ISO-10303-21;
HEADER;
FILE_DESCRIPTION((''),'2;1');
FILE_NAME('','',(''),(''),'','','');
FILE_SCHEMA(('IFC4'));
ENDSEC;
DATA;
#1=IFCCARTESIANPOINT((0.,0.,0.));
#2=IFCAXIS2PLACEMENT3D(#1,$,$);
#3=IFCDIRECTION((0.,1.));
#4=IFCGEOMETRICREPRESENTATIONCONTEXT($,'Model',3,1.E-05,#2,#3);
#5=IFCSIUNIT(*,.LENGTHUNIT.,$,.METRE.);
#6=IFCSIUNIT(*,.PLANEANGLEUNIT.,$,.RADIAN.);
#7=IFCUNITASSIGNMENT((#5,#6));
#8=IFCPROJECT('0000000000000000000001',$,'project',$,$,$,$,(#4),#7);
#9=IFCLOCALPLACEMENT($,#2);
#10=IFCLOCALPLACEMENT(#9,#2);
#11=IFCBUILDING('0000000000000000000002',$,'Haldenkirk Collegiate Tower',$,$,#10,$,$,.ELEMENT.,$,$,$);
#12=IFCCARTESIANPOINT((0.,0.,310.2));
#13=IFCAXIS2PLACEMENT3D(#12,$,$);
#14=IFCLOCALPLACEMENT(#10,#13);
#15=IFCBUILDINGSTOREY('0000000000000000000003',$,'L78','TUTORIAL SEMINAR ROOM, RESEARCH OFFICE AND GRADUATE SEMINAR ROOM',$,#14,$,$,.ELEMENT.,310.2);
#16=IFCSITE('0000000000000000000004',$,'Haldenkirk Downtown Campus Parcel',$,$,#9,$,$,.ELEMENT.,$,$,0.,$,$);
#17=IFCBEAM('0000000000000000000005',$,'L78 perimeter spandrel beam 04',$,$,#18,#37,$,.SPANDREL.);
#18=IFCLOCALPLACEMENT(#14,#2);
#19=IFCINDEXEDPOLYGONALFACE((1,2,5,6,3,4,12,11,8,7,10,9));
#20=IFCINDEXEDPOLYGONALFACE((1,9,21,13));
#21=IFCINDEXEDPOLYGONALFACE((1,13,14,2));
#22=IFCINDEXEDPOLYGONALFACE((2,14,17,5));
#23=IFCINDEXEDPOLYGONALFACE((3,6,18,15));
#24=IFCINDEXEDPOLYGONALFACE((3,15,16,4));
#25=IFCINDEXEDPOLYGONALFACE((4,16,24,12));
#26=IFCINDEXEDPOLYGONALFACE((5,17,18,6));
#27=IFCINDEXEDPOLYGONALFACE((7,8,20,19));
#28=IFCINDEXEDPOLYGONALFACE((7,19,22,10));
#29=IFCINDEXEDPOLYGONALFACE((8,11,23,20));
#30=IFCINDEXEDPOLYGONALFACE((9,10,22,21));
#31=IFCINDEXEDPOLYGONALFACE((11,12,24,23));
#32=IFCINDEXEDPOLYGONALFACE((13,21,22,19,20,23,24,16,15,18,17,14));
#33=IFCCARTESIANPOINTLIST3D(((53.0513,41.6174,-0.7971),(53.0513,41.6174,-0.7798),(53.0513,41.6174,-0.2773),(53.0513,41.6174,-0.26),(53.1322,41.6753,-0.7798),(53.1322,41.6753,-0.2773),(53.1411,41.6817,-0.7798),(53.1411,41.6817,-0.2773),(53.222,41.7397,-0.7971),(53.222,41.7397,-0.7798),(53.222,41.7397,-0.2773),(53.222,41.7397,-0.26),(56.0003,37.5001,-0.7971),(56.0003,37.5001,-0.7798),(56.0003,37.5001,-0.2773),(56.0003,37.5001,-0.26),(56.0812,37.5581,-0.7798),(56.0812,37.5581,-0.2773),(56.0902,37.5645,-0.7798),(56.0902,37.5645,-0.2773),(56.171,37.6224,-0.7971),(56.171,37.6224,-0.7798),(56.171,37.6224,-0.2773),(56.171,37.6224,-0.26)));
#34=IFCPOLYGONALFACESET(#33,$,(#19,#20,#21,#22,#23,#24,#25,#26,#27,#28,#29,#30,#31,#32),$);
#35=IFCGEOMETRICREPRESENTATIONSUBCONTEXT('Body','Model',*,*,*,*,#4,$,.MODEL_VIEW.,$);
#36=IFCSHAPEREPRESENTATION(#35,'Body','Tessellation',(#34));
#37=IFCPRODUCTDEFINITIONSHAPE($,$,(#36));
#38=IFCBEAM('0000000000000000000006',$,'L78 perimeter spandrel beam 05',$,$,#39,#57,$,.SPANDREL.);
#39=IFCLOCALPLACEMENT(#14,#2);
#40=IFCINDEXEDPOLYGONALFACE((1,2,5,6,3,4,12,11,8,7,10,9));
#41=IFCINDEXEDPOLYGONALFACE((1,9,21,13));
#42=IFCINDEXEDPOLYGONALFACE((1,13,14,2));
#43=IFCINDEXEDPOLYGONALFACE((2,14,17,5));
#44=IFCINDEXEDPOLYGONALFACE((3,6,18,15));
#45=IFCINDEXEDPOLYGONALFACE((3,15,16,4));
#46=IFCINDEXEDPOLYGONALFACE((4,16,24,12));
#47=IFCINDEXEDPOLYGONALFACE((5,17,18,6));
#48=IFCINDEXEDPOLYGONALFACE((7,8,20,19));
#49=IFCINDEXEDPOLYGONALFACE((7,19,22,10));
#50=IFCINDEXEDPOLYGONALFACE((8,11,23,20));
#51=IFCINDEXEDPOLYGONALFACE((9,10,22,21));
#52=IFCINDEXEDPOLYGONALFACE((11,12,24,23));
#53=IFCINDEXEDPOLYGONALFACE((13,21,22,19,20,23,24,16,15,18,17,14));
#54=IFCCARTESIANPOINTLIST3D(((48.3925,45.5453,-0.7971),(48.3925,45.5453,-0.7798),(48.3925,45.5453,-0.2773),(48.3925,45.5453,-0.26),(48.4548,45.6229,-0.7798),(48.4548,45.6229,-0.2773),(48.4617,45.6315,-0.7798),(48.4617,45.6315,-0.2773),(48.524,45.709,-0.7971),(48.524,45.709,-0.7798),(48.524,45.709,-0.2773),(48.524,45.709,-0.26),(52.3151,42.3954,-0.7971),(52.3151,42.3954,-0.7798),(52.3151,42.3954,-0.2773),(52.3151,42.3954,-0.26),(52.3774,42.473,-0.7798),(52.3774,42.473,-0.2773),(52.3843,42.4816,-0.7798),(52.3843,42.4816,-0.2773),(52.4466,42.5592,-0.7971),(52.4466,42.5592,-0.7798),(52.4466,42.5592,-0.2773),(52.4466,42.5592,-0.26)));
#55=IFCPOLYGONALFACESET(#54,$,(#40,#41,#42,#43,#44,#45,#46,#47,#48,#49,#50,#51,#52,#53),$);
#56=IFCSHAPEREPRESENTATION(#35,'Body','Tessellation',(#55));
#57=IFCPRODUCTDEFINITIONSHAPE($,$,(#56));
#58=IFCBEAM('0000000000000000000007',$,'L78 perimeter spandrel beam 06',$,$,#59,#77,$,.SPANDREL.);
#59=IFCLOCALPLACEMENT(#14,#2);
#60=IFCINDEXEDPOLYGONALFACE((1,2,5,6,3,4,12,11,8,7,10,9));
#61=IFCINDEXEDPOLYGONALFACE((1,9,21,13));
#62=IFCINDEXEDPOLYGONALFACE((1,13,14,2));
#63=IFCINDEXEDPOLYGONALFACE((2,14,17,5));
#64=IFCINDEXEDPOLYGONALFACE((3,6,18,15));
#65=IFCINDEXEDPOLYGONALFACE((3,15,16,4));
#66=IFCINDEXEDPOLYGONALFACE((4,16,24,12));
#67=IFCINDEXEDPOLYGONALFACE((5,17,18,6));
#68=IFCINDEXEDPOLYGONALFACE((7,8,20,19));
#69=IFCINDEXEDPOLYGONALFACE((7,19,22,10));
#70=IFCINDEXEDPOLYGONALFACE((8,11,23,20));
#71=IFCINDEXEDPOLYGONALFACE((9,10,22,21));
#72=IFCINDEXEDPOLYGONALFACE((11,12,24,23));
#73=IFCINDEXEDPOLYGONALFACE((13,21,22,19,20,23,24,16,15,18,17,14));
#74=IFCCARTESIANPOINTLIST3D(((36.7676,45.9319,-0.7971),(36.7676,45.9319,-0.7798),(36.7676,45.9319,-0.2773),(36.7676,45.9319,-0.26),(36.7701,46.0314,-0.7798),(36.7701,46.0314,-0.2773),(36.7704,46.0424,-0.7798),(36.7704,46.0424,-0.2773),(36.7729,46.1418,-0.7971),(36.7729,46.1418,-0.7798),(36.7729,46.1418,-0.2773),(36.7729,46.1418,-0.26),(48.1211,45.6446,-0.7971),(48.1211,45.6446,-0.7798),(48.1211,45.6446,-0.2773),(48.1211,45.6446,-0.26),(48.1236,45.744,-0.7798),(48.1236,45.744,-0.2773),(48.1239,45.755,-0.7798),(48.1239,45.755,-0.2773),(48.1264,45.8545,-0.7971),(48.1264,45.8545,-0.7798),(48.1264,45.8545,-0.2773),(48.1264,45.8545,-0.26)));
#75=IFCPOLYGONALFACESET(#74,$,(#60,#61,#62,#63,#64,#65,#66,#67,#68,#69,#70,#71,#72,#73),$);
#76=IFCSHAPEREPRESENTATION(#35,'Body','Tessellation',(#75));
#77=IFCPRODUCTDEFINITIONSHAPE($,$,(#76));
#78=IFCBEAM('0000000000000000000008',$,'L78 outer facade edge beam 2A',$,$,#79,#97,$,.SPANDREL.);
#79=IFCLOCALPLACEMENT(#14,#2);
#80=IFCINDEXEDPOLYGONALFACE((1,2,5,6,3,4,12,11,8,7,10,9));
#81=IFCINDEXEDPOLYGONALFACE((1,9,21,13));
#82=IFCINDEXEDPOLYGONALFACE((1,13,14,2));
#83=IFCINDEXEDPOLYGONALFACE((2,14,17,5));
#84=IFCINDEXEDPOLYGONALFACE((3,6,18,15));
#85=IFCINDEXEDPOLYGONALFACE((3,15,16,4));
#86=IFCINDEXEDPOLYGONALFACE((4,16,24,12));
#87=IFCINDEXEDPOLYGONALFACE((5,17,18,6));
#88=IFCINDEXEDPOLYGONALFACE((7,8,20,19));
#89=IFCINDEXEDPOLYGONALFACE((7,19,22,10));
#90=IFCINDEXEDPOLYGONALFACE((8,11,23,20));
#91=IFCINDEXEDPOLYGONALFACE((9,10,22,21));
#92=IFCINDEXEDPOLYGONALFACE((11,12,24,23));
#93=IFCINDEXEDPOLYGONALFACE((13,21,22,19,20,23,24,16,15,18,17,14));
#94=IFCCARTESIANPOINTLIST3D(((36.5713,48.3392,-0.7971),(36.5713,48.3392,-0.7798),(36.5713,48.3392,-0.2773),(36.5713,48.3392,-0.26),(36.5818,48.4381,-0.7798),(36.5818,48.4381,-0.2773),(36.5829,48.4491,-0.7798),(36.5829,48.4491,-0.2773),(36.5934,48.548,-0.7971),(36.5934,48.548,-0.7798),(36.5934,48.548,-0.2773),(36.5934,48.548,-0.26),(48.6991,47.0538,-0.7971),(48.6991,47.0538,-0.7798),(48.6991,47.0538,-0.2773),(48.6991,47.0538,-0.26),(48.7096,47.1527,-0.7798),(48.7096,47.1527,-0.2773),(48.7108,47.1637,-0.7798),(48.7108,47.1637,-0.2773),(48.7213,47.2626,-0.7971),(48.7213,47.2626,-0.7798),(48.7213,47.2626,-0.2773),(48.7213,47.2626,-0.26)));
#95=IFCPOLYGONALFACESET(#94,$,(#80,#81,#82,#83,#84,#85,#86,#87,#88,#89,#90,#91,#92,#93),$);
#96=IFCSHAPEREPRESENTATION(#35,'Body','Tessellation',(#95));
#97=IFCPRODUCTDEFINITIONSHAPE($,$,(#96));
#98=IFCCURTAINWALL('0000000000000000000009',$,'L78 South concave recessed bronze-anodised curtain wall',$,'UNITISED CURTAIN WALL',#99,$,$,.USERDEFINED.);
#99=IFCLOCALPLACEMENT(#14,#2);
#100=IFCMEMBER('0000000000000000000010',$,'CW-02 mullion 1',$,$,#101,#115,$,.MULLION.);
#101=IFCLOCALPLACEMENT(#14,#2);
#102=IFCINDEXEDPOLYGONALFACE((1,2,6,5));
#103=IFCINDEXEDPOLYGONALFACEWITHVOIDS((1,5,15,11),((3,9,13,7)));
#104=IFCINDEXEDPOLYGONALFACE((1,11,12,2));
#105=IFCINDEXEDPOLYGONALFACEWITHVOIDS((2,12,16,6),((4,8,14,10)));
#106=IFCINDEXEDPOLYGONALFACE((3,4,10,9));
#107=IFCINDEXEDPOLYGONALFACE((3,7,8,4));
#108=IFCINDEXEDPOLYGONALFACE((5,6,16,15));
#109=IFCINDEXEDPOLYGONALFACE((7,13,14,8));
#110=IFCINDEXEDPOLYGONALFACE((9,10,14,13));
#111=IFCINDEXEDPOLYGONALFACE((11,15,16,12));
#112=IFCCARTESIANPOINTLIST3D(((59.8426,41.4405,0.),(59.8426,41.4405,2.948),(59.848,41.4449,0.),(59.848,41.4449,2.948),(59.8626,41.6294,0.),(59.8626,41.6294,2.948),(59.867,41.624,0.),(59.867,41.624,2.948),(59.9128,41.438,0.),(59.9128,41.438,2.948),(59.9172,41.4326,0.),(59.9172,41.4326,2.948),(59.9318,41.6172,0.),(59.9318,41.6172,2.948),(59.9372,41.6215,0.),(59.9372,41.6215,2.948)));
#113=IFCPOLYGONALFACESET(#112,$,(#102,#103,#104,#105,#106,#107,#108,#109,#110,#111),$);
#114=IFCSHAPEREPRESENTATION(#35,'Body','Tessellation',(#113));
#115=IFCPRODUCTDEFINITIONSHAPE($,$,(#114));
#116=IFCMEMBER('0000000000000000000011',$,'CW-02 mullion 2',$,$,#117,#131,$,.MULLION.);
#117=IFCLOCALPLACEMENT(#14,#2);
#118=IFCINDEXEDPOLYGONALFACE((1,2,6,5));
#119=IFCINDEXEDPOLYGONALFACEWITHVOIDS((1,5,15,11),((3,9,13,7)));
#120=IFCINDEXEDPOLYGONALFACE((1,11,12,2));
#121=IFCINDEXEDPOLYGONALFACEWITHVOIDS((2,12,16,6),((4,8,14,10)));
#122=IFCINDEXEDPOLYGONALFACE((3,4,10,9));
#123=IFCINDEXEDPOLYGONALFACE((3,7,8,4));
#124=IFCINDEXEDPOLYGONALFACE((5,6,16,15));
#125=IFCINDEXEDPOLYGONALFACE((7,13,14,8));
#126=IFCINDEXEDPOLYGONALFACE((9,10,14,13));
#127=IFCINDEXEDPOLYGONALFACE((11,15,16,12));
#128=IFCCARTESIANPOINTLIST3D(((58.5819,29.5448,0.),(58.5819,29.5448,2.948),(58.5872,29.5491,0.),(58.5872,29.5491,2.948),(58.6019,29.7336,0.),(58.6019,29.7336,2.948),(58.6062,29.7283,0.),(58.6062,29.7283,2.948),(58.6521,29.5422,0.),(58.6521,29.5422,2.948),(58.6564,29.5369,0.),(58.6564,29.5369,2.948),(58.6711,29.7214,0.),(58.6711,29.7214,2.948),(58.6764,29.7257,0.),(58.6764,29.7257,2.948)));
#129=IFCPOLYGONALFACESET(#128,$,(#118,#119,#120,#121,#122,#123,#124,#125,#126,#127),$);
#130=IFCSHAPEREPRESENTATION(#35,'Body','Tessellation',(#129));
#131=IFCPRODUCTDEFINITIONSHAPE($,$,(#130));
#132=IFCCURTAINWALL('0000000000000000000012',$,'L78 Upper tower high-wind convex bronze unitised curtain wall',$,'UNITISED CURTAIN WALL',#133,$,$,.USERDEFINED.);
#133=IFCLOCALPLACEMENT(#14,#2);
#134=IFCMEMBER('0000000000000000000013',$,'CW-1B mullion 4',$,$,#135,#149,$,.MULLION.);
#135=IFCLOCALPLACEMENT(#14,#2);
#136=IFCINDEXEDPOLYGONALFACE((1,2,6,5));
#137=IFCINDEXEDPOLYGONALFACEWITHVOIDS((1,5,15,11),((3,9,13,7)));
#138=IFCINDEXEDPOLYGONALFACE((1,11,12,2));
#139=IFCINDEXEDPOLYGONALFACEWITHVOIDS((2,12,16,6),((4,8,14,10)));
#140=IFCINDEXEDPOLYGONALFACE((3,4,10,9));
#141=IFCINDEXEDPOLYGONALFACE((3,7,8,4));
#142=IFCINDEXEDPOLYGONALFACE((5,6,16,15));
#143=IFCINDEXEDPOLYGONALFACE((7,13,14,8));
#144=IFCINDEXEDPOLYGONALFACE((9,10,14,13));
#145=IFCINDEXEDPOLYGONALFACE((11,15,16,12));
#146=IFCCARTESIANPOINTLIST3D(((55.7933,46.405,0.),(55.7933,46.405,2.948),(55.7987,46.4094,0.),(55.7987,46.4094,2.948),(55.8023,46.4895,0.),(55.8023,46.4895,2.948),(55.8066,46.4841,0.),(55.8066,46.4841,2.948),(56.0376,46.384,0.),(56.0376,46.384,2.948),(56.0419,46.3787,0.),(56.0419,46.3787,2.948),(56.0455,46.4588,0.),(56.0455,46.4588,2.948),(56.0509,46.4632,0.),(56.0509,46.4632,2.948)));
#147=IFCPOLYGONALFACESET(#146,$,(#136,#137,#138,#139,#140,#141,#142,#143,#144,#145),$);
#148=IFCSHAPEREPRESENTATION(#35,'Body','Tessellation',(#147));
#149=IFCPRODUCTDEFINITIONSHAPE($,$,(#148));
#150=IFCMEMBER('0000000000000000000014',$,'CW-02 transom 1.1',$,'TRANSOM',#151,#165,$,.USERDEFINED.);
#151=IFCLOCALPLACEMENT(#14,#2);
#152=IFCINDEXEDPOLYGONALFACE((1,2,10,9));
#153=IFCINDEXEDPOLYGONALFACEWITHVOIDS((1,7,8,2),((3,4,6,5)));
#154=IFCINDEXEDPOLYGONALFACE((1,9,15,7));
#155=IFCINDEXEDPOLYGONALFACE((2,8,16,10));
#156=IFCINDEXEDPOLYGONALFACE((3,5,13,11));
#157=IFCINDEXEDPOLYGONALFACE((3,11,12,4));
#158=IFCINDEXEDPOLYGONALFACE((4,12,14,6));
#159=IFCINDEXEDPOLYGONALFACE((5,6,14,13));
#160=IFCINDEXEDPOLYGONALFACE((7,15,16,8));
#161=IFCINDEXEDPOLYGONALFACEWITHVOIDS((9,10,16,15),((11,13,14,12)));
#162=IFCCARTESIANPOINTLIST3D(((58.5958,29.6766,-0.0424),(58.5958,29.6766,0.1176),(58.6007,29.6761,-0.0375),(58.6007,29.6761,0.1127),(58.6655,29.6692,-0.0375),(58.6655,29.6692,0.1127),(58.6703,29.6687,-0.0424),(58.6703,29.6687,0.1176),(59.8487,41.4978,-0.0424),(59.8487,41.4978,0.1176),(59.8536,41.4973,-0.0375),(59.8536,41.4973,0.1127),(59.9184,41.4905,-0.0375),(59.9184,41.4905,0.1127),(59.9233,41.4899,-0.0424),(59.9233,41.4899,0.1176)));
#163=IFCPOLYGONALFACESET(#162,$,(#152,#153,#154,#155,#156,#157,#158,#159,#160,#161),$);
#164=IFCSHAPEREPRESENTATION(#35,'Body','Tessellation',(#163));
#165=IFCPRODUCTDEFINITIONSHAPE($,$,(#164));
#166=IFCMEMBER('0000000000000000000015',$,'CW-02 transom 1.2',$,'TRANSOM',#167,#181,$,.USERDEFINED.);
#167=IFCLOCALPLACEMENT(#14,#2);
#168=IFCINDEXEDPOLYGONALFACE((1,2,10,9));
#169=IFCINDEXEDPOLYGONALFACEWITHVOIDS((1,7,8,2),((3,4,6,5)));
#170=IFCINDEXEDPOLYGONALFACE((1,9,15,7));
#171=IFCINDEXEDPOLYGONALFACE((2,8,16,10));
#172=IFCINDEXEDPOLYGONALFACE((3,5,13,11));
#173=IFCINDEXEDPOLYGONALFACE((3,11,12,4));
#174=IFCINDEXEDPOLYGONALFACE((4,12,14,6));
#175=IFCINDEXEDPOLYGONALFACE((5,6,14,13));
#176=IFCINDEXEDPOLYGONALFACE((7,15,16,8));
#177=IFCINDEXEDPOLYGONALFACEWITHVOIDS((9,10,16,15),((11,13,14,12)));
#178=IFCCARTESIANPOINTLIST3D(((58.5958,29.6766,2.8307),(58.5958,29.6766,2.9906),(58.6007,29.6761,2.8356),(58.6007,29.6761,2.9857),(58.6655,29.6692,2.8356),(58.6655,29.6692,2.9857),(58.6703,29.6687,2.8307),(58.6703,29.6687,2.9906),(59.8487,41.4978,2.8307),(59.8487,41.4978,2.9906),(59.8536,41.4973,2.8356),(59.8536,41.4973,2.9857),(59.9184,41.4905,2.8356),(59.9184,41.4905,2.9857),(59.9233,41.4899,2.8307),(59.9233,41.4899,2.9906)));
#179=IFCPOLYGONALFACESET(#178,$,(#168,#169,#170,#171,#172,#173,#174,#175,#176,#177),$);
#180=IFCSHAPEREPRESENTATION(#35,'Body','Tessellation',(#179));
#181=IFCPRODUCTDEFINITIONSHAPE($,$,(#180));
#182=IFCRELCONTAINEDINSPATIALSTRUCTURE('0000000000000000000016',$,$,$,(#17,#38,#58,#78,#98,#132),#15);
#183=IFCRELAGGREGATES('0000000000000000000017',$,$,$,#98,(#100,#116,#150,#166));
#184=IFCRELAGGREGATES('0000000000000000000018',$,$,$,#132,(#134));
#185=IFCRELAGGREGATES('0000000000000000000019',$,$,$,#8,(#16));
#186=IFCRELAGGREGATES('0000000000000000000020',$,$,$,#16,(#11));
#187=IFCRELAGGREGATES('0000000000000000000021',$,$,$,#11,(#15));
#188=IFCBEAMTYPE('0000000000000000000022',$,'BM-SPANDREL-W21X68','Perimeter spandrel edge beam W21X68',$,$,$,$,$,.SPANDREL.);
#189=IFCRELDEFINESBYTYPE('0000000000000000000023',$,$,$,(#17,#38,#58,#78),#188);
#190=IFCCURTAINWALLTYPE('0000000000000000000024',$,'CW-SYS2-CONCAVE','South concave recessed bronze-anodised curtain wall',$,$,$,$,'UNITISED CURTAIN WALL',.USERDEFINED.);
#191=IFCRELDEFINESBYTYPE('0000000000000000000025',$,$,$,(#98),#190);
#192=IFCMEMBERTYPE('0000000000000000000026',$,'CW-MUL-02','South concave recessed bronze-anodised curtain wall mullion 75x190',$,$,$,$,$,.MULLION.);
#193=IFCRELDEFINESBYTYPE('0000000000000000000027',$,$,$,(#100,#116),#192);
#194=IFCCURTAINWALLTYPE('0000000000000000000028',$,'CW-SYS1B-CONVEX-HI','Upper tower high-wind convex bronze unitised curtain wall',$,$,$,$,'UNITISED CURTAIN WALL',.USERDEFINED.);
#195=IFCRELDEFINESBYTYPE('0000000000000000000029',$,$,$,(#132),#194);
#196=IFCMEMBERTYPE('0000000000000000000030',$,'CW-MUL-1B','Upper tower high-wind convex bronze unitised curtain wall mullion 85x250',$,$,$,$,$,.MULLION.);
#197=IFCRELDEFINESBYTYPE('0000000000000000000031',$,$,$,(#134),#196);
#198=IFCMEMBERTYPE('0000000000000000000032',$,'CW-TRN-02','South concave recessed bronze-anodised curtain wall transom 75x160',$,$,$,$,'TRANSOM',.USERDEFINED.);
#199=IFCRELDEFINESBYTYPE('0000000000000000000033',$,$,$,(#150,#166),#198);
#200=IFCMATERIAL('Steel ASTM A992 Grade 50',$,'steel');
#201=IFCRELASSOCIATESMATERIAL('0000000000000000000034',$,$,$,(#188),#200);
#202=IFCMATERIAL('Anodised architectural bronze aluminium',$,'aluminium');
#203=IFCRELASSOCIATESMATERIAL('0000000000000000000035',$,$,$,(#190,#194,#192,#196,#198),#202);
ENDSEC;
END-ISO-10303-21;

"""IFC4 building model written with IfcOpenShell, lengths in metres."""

from ifc_helpers import new_model, si_unit, direction, frame, origin, origin_2d, place, context, subcontext, project, spatial, hollow_rectangle, i_section, extrude, material, material_profile, profile_set, type_object, element, aggregate, save


model = new_model("IFC4")

# Units and contexts
model_context = context("Model", 3, precision=1e-05, world=origin(), true_north=direction((0.0, 1.0)))
body_context = subcontext(model_context, "Body", "Model", "MODEL_VIEW")
ifc_project = project(units=[si_unit("LENGTHUNIT", "METRE"), si_unit("PLANEANGLEUNIT", "RADIAN")], contexts=[model_context])

# Site, building, storey
site_placement = place(None, origin())
site = spatial("IfcSite", under=ifc_project, at=site_placement, Name="Haldenkirk Downtown Campus Parcel", CompositionType="ELEMENT", RefElevation=0.0)
building_placement = place(site_placement, origin())
building = spatial("IfcBuilding", under=site, at=building_placement, Name="Haldenkirk Collegiate Tower", CompositionType="ELEMENT")
storey_placement = place(building_placement, frame((0.0, 0.0, 310.2)))
storey = spatial("IfcBuildingStorey", under=building, at=storey_placement, Name="L78", Description="TUTORIAL SEMINAR ROOM, RESEARCH OFFICE AND GRADUATE SEMINAR ROOM", CompositionType="ELEMENT", Elevation=310.2)

# Beams
ifc_material_1 = material(Name="Steel ASTM A992 Grade 50", Category="steel")
ifc_material_profile_1 = material_profile(ifc_material_1, i_section(OverallWidth=0.21, OverallDepth=0.5371, WebThickness=0.011, FlangeThickness=0.0173, at=origin_2d()), Name="W21X68")
ifc_profile_set_1 = profile_set([ifc_material_profile_1], Name="Steel ASTM A992 Grade 50")
beam_type_1 = type_object("IfcBeamType", Name="BM-SPANDREL-W21X68", Description="Perimeter spandrel edge beam W21X68", PredefinedType="SPANDREL", material=ifc_profile_set_1)
beam_1_placement = place(storey_placement, frame((56.0857, 37.5613, -0.5286), z_axis=(-0.5823, 0.812974, 0.0), x_axis=(-0.812974, -0.5823, 0.0)))
element("IfcBeam", 1, at=beam_1_placement, inside=storey, type_object=beam_type_1, Name="L78 perimeter spandrel beam 04", PredefinedType="SPANDREL", context=body_context, shape_type="SweptSolid", body=[
    extrude(i_section(OverallWidth=0.21, OverallDepth=0.5371, WebThickness=0.011, FlangeThickness=0.0173, at=origin_2d()), origin(), (0.0, 0.0, 1.0), 5.0645),
])
beam_2_placement = place(storey_placement, frame((52.3809, 42.4773, -0.5286), z_axis=(-0.779722, 0.626126, 0.0), x_axis=(-0.626126, -0.779722, 0.0)))
element("IfcBeam", 2, at=beam_2_placement, inside=storey, type_object=beam_type_1, Name="L78 perimeter spandrel beam 05", PredefinedType="SPANDREL", context=body_context, shape_type="SweptSolid", body=[
    extrude(i_section(OverallWidth=0.21, OverallDepth=0.5371, WebThickness=0.011, FlangeThickness=0.0173, at=origin_2d()), origin(), (0.0, 0.0, 1.0), 5.0308),
])
beam_3_placement = place(storey_placement, frame((48.1238, 45.7495, -0.5286), z_axis=(-0.99968, 0.025302, 0.0), x_axis=(-0.025302, -0.99968, 0.0)))
element("IfcBeam", 3, at=beam_3_placement, inside=storey, type_object=beam_type_1, Name="L78 perimeter spandrel beam 06", PredefinedType="SPANDREL", context=body_context, shape_type="SweptSolid", body=[
    extrude(i_section(OverallWidth=0.21, OverallDepth=0.5371, WebThickness=0.011, FlangeThickness=0.0173, at=origin_2d()), origin(), (0.0, 0.0, 1.0), 11.3572),
])
beam_4_placement = place(storey_placement, frame((48.7102, 47.1582, -0.5286), z_axis=(-0.99443, 0.105396, 0.0), x_axis=(-0.105396, -0.99443, 0.0)))
element("IfcBeam", 4, at=beam_4_placement, inside=storey, type_object=beam_type_1, Name="L78 outer facade edge beam 2A", PredefinedType="SPANDREL", context=body_context, shape_type="SweptSolid", body=[
    extrude(i_section(OverallWidth=0.21, OverallDepth=0.5371, WebThickness=0.011, FlangeThickness=0.0173, at=origin_2d()), origin(), (0.0, 0.0, 1.0), 12.1958),
])

# Curtain wall, members
ifc_material_2 = material(Name="Anodised architectural bronze aluminium", Category="aluminium")
curtain_wall_type_1 = type_object("IfcCurtainWallType", Name="CW-SYS2-CONCAVE", Description="South concave recessed bronze-anodised curtain wall", ElementType="UNITISED CURTAIN WALL", PredefinedType="USERDEFINED", material=ifc_material_2)
curtain_wall_1_placement = place(storey_placement, origin())
curtain_wall_1 = element("IfcCurtainWall", 5, at=curtain_wall_1_placement, inside=storey, type_object=curtain_wall_type_1, Name="L78 South concave recessed bronze-anodised curtain wall", ObjectType="UNITISED CURTAIN WALL", PredefinedType="USERDEFINED")
ifc_material_profile_2 = material_profile(ifc_material_2, hollow_rectangle(XDim=0.075, YDim=0.1899, WallThickness=0.0049, at=origin_2d()), Name="CW-MUL-02")
ifc_profile_set_2 = profile_set([ifc_material_profile_2], Name="Anodised architectural bronze aluminium")
member_type_1 = type_object("IfcMemberType", Name="CW-MUL-02", Description="South concave recessed bronze-anodised curtain wall mullion 75x190", PredefinedType="MULLION", material=ifc_profile_set_2)
member_1_placement = place(storey_placement, frame((59.8899, 41.531, 0.0), z_axis=(0.0, 0.0, 1.0), x_axis=(0.99443, -0.105394, 0.0)))
member_1 = element("IfcMember", 6, at=member_1_placement, type_object=member_type_1, Name="CW-02 mullion 1", PredefinedType="MULLION", context=body_context, shape_type="SweptSolid", body=[
    extrude(hollow_rectangle(XDim=0.075, YDim=0.1899, WallThickness=0.0049, at=origin_2d()), origin(), (0.0, 0.0, 1.0), 2.948),
])
member_2_placement = place(storey_placement, frame((58.6292, 29.6353, 0.0), z_axis=(0.0, 0.0, 1.0), x_axis=(0.99443, -0.105394, 0.0)))
member_2 = element("IfcMember", 7, at=member_2_placement, type_object=member_type_1, Name="CW-02 mullion 2", PredefinedType="MULLION", context=body_context, shape_type="SweptSolid", body=[
    extrude(hollow_rectangle(XDim=0.075, YDim=0.1899, WallThickness=0.0049, at=origin_2d()), origin(), (0.0, 0.0, 1.0), 2.948),
])

# Curtain wall, member
curtain_wall_type_2 = type_object("IfcCurtainWallType", Name="CW-SYS1B-CONVEX-HI", Description="Upper tower high-wind convex bronze unitised curtain wall", ElementType="UNITISED CURTAIN WALL", PredefinedType="USERDEFINED", material=ifc_material_2)
curtain_wall_2_placement = place(storey_placement, origin())
curtain_wall_2 = element("IfcCurtainWall", 8, at=curtain_wall_2_placement, inside=storey, type_object=curtain_wall_type_2, Name="L78 Upper tower high-wind convex bronze unitised curtain wall", ObjectType="UNITISED CURTAIN WALL", PredefinedType="USERDEFINED")
ifc_material_profile_3 = material_profile(ifc_material_2, hollow_rectangle(XDim=0.085, YDim=0.25, WallThickness=0.0049, at=origin_2d()), Name="CW-MUL-1B")
ifc_profile_set_3 = profile_set([ifc_material_profile_3], Name="Anodised architectural bronze aluminium")
member_type_2 = type_object("IfcMemberType", Name="CW-MUL-1B", Description="Upper tower high-wind convex bronze unitised curtain wall mullion 85x250", PredefinedType="MULLION", material=ifc_profile_set_3)
member_3_placement = place(storey_placement, frame((55.9221, 46.4341, 0.0), z_axis=(0.0, 0.0, 1.0), x_axis=(0.105393, 0.994431, 0.0)))
member_3 = element("IfcMember", 9, at=member_3_placement, type_object=member_type_2, Name="CW-1B mullion 4", PredefinedType="MULLION", context=body_context, shape_type="SweptSolid", body=[
    extrude(hollow_rectangle(XDim=0.085, YDim=0.25, WallThickness=0.0049, at=origin_2d()), origin(), (0.0, 0.0, 1.0), 2.948),
])

# Members
ifc_material_profile_4 = material_profile(ifc_material_2, hollow_rectangle(XDim=0.075, YDim=0.1599, WallThickness=0.0049, at=origin_2d()), Name="CW-TRN-02")
ifc_profile_set_4 = profile_set([ifc_material_profile_4], Name="Anodised architectural bronze aluminium")
member_type_3 = type_object("IfcMemberType", Name="CW-TRN-02", Description="South concave recessed bronze-anodised curtain wall transom 75x160", ElementType="TRANSOM", PredefinedType="USERDEFINED", material=ifc_profile_set_4)
member_4_placement = place(storey_placement, frame((59.886, 41.4939, 0.0376), z_axis=(-0.105399, -0.99443, 0.0), x_axis=(0.99443, -0.105399, 0.0)))
member_4 = element("IfcMember", 10, at=member_4_placement, type_object=member_type_3, Name="CW-02 transom 1.1", ObjectType="TRANSOM", PredefinedType="USERDEFINED", context=body_context, shape_type="SweptSolid", body=[
    extrude(hollow_rectangle(XDim=0.075, YDim=0.1599, WallThickness=0.0049, at=origin_2d()), origin(), (0.0, 0.0, 1.0), 11.8875),
])
member_5_placement = place(storey_placement, frame((59.886, 41.4939, 2.9106), z_axis=(-0.105399, -0.99443, 0.0), x_axis=(0.99443, -0.105399, 0.0)))
member_5 = element("IfcMember", 11, at=member_5_placement, type_object=member_type_3, Name="CW-02 transom 1.2", ObjectType="TRANSOM", PredefinedType="USERDEFINED", context=body_context, shape_type="SweptSolid", body=[
    extrude(hollow_rectangle(XDim=0.075, YDim=0.1599, WallThickness=0.0049, at=origin_2d()), origin(), (0.0, 0.0, 1.0), 11.8875),
])

aggregate(curtain_wall_1, [member_1, member_2, member_4, member_5])
aggregate(curtain_wall_2, [member_3])

save(model, "model.ifc")
